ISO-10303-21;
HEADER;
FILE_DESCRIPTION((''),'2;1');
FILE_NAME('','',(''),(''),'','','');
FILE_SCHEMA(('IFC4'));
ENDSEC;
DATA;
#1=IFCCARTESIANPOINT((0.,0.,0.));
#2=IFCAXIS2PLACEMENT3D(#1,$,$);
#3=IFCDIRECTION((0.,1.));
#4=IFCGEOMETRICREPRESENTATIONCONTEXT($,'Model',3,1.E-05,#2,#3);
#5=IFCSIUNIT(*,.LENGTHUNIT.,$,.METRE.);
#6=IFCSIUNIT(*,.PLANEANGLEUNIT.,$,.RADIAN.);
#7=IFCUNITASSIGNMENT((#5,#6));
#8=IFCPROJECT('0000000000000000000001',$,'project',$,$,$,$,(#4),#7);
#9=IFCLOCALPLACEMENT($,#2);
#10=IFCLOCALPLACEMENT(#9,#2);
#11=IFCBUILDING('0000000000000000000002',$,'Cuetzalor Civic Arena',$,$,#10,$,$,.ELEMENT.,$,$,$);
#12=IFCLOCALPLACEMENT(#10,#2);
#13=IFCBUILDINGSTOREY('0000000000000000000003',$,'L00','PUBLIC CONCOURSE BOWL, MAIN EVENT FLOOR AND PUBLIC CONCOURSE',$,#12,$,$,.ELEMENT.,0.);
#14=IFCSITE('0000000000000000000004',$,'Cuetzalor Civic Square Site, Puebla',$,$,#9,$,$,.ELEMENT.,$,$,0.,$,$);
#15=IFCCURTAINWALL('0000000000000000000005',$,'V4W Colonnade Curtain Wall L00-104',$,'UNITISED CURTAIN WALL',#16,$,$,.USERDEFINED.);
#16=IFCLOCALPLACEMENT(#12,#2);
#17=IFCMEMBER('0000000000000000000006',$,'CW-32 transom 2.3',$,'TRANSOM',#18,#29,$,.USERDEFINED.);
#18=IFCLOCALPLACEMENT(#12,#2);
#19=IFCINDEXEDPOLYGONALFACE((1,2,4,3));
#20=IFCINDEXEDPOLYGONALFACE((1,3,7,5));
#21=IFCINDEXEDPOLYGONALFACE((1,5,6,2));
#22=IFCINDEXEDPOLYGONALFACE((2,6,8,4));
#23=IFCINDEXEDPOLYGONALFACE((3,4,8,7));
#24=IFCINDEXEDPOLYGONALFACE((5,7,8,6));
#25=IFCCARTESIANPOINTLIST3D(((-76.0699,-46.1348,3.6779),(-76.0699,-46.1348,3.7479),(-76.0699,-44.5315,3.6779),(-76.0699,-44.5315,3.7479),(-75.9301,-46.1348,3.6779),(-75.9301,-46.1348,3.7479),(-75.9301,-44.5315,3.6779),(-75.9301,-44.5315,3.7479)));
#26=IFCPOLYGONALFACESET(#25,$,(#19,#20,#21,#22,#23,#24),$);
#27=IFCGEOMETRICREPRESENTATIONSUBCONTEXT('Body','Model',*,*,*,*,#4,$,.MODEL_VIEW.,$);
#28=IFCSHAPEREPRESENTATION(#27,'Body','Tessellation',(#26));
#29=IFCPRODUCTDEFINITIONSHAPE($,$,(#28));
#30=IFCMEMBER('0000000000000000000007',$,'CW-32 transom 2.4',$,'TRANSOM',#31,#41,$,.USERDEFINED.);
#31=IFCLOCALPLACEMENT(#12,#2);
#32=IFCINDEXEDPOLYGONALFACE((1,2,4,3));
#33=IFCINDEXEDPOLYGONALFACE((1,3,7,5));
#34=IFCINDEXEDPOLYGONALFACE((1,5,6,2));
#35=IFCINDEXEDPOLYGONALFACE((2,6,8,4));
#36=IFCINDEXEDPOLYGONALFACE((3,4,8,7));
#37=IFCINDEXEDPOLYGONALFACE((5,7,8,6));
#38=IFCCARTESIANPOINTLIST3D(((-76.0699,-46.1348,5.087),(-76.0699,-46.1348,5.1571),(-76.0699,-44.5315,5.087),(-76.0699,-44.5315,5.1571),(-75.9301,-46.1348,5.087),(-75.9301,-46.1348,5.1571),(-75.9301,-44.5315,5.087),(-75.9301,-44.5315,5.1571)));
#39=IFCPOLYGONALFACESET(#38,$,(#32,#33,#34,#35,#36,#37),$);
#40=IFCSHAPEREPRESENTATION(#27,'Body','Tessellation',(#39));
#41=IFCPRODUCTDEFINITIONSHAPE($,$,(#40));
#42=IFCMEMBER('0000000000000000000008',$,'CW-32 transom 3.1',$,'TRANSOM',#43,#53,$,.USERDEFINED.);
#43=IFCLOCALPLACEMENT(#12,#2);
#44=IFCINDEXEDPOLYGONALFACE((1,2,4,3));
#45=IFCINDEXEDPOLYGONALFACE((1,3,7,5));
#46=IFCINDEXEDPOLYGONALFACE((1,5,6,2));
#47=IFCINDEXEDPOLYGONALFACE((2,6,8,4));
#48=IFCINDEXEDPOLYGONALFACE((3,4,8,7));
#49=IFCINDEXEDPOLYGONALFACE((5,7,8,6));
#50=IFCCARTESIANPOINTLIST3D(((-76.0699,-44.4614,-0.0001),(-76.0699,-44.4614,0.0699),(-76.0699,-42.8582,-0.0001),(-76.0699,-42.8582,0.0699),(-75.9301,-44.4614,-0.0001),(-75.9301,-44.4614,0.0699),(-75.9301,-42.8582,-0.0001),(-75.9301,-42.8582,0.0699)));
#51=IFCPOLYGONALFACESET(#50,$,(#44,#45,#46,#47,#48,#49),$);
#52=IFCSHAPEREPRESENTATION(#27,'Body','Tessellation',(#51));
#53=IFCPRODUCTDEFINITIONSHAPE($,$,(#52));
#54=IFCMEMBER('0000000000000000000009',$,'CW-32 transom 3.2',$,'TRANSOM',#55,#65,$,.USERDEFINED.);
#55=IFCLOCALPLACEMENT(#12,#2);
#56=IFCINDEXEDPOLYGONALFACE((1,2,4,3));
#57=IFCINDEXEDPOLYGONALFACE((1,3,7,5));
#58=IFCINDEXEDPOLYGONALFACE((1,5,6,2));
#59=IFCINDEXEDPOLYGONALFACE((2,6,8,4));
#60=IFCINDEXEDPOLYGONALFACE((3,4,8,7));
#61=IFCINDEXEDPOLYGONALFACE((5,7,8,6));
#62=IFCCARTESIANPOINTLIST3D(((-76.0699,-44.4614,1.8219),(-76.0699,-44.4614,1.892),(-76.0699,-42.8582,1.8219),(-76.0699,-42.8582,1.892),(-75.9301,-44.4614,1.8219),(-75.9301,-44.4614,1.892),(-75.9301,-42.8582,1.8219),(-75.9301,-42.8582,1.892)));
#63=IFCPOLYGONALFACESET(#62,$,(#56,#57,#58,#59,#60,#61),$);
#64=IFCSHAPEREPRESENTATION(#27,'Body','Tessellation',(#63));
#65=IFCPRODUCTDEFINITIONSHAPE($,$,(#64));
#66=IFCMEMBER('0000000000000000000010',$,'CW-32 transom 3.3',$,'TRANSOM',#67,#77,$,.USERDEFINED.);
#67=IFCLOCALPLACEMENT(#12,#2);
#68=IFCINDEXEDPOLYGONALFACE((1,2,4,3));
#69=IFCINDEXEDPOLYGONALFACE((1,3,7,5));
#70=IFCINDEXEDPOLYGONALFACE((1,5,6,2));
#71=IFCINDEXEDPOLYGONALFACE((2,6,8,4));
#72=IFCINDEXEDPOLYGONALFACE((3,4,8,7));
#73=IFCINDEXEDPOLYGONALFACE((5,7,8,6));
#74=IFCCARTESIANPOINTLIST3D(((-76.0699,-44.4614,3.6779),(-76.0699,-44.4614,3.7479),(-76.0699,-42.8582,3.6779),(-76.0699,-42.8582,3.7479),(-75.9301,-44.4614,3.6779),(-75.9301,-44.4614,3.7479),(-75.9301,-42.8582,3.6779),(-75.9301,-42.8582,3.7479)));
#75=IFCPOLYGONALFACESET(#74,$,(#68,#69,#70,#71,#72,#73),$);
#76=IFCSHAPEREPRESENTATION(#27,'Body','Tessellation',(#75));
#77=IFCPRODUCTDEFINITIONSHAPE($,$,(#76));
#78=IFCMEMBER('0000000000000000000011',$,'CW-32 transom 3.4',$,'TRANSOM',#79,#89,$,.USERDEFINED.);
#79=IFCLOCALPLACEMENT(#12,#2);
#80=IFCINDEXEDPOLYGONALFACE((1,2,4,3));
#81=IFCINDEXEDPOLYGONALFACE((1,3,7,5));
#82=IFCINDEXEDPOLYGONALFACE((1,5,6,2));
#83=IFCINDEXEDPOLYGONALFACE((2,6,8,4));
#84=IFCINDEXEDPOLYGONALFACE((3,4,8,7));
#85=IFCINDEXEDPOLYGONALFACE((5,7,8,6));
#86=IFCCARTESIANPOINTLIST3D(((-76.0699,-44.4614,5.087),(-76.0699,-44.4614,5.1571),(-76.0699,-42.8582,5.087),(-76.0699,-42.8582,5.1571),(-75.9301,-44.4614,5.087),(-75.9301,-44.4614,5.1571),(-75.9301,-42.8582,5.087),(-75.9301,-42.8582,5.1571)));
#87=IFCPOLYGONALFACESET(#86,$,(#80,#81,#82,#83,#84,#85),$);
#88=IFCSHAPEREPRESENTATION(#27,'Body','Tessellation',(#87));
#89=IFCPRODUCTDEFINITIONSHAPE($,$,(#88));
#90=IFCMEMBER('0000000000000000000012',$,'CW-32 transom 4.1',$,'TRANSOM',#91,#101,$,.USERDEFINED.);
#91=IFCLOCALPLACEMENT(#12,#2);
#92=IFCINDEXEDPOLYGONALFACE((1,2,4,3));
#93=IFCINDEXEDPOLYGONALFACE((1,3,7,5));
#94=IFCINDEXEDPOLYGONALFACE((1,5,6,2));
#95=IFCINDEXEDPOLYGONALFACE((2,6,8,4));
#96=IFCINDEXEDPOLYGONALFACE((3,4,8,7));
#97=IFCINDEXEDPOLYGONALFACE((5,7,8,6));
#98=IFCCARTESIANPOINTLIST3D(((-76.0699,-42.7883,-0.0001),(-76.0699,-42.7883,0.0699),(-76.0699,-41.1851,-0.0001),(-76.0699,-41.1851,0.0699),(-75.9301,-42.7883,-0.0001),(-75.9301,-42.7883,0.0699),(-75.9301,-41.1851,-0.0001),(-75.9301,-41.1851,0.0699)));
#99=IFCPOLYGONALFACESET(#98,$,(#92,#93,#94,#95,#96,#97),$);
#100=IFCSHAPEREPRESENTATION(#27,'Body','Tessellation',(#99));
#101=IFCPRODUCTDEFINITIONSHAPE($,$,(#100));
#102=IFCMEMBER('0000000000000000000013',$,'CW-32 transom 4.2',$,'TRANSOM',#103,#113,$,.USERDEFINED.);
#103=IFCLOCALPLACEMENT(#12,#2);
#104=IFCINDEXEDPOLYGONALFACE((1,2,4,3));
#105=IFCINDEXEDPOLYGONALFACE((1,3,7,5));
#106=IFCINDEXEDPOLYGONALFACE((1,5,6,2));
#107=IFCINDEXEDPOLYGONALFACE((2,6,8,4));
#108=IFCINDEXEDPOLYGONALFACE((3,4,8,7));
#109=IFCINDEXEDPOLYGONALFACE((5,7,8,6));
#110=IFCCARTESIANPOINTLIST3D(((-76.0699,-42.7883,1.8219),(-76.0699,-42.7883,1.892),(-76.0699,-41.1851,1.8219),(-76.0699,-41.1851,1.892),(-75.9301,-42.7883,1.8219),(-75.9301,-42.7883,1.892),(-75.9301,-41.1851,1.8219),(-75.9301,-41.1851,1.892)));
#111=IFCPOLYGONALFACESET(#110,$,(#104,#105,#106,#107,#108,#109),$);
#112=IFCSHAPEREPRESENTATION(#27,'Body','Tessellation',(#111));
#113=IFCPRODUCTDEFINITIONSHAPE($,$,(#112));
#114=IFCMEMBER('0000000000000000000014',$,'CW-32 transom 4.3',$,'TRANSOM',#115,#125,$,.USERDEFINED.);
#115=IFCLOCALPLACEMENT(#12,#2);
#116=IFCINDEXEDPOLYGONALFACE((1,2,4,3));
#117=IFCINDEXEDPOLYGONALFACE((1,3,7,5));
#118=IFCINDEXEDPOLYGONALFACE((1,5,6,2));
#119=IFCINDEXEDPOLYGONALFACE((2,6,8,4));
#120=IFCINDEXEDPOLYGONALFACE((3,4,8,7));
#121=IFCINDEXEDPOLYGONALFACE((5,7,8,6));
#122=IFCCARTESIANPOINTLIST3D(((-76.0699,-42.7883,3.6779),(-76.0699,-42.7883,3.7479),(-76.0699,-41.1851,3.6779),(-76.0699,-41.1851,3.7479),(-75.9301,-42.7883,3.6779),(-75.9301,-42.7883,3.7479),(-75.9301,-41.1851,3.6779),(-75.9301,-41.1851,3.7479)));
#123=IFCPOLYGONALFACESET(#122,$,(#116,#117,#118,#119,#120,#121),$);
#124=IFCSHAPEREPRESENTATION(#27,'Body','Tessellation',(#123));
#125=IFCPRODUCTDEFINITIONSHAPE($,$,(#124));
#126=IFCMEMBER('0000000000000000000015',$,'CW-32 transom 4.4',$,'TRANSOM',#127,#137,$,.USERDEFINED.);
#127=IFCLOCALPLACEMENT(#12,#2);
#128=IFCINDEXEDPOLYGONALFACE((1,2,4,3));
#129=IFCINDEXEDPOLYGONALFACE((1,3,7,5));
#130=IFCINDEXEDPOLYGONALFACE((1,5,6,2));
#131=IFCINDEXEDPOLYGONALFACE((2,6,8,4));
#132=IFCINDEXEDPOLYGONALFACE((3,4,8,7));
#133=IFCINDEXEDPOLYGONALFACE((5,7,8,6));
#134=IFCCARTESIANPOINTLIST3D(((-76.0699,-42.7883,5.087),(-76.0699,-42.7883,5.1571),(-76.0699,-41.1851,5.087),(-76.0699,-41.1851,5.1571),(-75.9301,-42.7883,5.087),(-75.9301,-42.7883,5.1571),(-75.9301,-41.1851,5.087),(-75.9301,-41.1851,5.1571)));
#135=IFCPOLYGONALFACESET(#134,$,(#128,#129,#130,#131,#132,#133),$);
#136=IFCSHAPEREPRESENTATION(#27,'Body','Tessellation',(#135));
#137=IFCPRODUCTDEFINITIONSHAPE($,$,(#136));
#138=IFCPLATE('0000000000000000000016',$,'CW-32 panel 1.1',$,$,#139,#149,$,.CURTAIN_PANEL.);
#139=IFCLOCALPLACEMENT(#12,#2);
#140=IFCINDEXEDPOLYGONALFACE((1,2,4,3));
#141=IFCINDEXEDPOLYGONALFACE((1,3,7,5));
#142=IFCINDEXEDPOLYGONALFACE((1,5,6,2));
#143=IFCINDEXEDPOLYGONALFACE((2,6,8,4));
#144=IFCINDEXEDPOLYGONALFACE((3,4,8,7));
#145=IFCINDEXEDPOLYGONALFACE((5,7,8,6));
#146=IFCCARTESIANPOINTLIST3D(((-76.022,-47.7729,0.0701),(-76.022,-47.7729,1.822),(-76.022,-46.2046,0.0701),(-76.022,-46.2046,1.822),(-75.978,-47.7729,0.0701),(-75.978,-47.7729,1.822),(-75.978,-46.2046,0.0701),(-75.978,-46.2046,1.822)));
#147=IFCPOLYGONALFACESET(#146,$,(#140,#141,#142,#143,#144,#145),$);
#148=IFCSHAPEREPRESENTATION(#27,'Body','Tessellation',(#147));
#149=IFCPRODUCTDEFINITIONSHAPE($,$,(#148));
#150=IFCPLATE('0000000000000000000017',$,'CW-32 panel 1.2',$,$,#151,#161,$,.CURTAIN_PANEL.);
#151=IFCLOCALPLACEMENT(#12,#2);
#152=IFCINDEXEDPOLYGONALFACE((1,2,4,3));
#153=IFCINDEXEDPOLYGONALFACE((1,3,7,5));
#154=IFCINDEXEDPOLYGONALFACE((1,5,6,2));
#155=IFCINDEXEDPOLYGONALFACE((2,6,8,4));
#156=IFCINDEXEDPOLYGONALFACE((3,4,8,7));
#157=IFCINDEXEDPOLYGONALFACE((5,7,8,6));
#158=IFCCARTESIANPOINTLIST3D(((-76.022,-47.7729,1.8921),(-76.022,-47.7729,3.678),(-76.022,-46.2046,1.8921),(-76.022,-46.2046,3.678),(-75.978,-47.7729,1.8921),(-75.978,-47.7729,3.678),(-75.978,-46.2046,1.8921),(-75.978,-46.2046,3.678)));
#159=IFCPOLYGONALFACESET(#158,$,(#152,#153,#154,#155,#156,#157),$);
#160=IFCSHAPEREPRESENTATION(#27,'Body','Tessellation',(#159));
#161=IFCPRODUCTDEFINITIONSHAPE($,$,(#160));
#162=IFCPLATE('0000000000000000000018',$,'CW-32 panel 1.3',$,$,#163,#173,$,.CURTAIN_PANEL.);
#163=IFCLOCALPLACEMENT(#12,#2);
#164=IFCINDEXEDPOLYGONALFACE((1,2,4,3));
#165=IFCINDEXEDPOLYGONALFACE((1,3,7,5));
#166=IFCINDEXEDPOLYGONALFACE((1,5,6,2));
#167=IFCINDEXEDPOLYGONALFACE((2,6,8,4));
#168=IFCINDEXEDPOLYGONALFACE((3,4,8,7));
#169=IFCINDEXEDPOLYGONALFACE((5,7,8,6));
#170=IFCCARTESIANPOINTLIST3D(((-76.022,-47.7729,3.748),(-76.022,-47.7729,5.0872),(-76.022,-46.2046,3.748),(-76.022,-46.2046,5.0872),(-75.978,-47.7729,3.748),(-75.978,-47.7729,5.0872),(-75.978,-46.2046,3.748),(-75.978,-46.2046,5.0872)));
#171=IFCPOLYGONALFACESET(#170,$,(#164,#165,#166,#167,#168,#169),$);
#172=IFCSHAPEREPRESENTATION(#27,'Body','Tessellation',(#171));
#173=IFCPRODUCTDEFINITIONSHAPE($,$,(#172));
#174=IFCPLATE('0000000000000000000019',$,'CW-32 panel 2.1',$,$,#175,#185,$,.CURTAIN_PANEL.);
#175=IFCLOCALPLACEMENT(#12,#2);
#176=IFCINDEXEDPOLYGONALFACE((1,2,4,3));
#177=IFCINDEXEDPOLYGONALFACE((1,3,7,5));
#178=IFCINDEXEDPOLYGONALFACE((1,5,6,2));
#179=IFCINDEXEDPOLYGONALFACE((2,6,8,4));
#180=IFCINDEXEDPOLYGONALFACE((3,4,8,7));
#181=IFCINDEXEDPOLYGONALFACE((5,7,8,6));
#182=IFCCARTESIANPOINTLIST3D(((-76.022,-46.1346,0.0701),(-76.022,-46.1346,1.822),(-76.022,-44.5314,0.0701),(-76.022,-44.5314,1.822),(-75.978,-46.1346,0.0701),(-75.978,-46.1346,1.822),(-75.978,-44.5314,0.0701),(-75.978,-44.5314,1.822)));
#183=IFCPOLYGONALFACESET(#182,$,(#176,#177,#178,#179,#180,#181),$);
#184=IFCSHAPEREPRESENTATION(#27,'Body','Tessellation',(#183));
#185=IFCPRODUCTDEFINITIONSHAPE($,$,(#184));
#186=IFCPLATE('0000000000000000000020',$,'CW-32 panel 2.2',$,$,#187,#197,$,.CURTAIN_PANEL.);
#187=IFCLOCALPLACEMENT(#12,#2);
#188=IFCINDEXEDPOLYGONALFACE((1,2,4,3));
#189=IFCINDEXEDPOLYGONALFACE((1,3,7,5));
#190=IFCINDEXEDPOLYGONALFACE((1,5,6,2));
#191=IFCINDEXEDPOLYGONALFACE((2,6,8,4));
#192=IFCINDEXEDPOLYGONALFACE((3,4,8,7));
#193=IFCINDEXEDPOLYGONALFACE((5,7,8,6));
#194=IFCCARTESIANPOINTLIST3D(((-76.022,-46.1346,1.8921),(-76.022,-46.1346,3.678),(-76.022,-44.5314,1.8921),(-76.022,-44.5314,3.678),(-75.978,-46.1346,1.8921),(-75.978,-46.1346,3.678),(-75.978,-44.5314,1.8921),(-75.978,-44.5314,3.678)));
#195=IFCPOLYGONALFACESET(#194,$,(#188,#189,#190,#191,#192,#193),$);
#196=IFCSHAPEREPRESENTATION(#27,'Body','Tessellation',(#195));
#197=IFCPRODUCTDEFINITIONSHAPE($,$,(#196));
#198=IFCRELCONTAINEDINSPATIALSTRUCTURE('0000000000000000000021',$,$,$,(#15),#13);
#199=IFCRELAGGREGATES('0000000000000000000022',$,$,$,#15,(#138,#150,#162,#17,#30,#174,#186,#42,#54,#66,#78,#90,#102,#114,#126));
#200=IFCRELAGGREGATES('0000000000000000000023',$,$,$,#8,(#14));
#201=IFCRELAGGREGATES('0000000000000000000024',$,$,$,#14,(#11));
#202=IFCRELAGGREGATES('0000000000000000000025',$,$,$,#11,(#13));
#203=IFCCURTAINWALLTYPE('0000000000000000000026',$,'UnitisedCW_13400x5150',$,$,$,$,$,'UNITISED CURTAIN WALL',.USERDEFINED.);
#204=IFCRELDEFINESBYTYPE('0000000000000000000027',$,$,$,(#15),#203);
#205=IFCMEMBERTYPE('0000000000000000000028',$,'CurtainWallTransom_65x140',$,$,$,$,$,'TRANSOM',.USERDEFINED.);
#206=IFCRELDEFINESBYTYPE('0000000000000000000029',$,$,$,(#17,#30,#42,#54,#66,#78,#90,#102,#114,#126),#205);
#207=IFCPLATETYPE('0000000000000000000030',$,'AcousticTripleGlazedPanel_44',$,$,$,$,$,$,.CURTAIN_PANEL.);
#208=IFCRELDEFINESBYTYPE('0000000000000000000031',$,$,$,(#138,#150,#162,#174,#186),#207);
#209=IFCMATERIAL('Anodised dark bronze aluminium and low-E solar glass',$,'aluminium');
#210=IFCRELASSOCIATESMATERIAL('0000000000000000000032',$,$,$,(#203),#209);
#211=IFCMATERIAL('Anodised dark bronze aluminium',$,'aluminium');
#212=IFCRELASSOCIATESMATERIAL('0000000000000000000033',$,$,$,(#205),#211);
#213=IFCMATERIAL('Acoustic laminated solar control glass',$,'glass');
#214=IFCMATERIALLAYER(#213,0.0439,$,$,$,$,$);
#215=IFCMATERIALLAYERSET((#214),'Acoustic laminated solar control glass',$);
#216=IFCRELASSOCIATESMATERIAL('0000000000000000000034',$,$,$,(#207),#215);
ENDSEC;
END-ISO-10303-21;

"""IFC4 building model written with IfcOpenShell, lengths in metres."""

from ifc_helpers import new_model, si_unit, direction, frame, origin, origin_2d, place, context, subcontext, project, spatial, rectangle, extrude, material, layer, layer_set, material_profile, profile_set, type_object, element, aggregate, save


model = new_model("IFC4")

# Units and contexts
model_context = context("Model", 3, precision=1e-05, world=origin(), true_north=direction((0.0, 1.0)))
body_context = subcontext(model_context, "Body", "Model", "MODEL_VIEW")
ifc_project = project(units=[si_unit("LENGTHUNIT", "METRE"), si_unit("PLANEANGLEUNIT", "RADIAN")], contexts=[model_context])

# Site, building, storey
site_placement = place(None, origin())
site = spatial("IfcSite", under=ifc_project, at=site_placement, Name="Cuetzalor Civic Square Site, Puebla", CompositionType="ELEMENT", RefElevation=0.0)
building_placement = place(site_placement, origin())
building = spatial("IfcBuilding", under=site, at=building_placement, Name="Cuetzalor Civic Arena", CompositionType="ELEMENT")
storey_placement = place(building_placement, origin())
storey = spatial("IfcBuildingStorey", under=building, at=storey_placement, Name="L00", Description="PUBLIC CONCOURSE BOWL, MAIN EVENT FLOOR AND PUBLIC CONCOURSE", CompositionType="ELEMENT", Elevation=0.0)

# Curtain wall, members, plates
ifc_material_1 = material(Name="Anodised dark bronze aluminium and low-E solar glass", Category="aluminium")
curtain_wall_type = type_object("IfcCurtainWallType", Name="UnitisedCW_13400x5150", ElementType="UNITISED CURTAIN WALL", PredefinedType="USERDEFINED", material=ifc_material_1)
curtain_wall_placement = place(storey_placement, origin())
curtain_wall = element("IfcCurtainWall", 1, at=curtain_wall_placement, inside=storey, type_object=curtain_wall_type, Name="V4W Colonnade Curtain Wall L00-104", ObjectType="UNITISED CURTAIN WALL", PredefinedType="USERDEFINED")
ifc_material_2 = material(Name="Anodised dark bronze aluminium", Category="aluminium")
ifc_material_profile_1 = material_profile(ifc_material_2, rectangle(XDim=0.1399, YDim=0.0701, at=origin_2d()), Name="ALU TRANSOM 70x140")
ifc_profile_set_1 = profile_set([ifc_material_profile_1], Name="Anodised dark bronze aluminium")
member_type_1 = type_object("IfcMemberType", Name="CurtainWallTransom_65x140", ElementType="TRANSOM", PredefinedType="USERDEFINED", material=ifc_profile_set_1)
member_1_placement = place(storey_placement, frame((-76.0, -46.1348, 3.7129), z_axis=(0.0, 1.0, 0.0), x_axis=(-1.0, 0.0, 0.0)))
member_1 = element("IfcMember", 2, at=member_1_placement, type_object=member_type_1, Name="CW-32 transom 2.3", ObjectType="TRANSOM", PredefinedType="USERDEFINED", context=body_context, shape_type="SweptSolid", body=[
    extrude(rectangle(XDim=0.1399, YDim=0.0701, at=origin_2d()), origin(), (0.0, 0.0, 1.0), 1.6033),
])
member_2_placement = place(storey_placement, frame((-76.0, -46.1348, 5.1221), z_axis=(0.0, 1.0, 0.0), x_axis=(-1.0, 0.0, 0.0)))
member_2 = element("IfcMember", 3, at=member_2_placement, type_object=member_type_1, Name="CW-32 transom 2.4", ObjectType="TRANSOM", PredefinedType="USERDEFINED", context=body_context, shape_type="SweptSolid", body=[
    extrude(rectangle(XDim=0.1399, YDim=0.0701, at=origin_2d()), origin(), (0.0, 0.0, 1.0), 1.6033),
])
member_3_placement = place(storey_placement, frame((-76.0, -44.4614, 0.0349), z_axis=(0.0, 1.0, 0.0), x_axis=(-1.0, 0.0, 0.0)))
member_3 = element("IfcMember", 4, at=member_3_placement, type_object=member_type_1, Name="CW-32 transom 3.1", ObjectType="TRANSOM", PredefinedType="USERDEFINED", context=body_context, shape_type="SweptSolid", body=[
    extrude(rectangle(XDim=0.1399, YDim=0.0701, at=origin_2d()), origin(), (0.0, 0.0, 1.0), 1.6033),
])
member_4_placement = place(storey_placement, frame((-76.0, -44.4614, 1.8569), z_axis=(0.0, 1.0, 0.0), x_axis=(-1.0, 0.0, 0.0)))
member_4 = element("IfcMember", 5, at=member_4_placement, type_object=member_type_1, Name="CW-32 transom 3.2", ObjectType="TRANSOM", PredefinedType="USERDEFINED", context=body_context, shape_type="SweptSolid", body=[
    extrude(rectangle(XDim=0.1399, YDim=0.0701, at=origin_2d()), origin(), (0.0, 0.0, 1.0), 1.6033),
])
member_5_placement = place(storey_placement, frame((-76.0, -44.4614, 3.7129), z_axis=(0.0, 1.0, 0.0), x_axis=(-1.0, 0.0, 0.0)))
member_5 = element("IfcMember", 6, at=member_5_placement, type_object=member_type_1, Name="CW-32 transom 3.3", ObjectType="TRANSOM", PredefinedType="USERDEFINED", context=body_context, shape_type="SweptSolid", body=[
    extrude(rectangle(XDim=0.1399, YDim=0.0701, at=origin_2d()), origin(), (0.0, 0.0, 1.0), 1.6033),
])
member_6_placement = place(storey_placement, frame((-76.0, -44.4614, 5.1221), z_axis=(0.0, 1.0, 0.0), x_axis=(-1.0, 0.0, 0.0)))
member_6 = element("IfcMember", 7, at=member_6_placement, type_object=member_type_1, Name="CW-32 transom 3.4", ObjectType="TRANSOM", PredefinedType="USERDEFINED", context=body_context, shape_type="SweptSolid", body=[
    extrude(rectangle(XDim=0.1399, YDim=0.0701, at=origin_2d()), origin(), (0.0, 0.0, 1.0), 1.6033),
])
member_7_placement = place(storey_placement, frame((-76.0, -42.7883, 0.0349), z_axis=(0.0, 1.0, 0.0), x_axis=(-1.0, 0.0, 0.0)))
member_7 = element("IfcMember", 8, at=member_7_placement, type_object=member_type_1, Name="CW-32 transom 4.1", ObjectType="TRANSOM", PredefinedType="USERDEFINED", context=body_context, shape_type="SweptSolid", body=[
    extrude(rectangle(XDim=0.1399, YDim=0.0701, at=origin_2d()), origin(), (0.0, 0.0, 1.0), 1.6033),
])
member_8_placement = place(storey_placement, frame((-76.0, -42.7883, 1.8569), z_axis=(0.0, 1.0, 0.0), x_axis=(-1.0, 0.0, 0.0)))
member_8 = element("IfcMember", 9, at=member_8_placement, type_object=member_type_1, Name="CW-32 transom 4.2", ObjectType="TRANSOM", PredefinedType="USERDEFINED", context=body_context, shape_type="SweptSolid", body=[
    extrude(rectangle(XDim=0.1399, YDim=0.0701, at=origin_2d()), origin(), (0.0, 0.0, 1.0), 1.6033),
])
member_9_placement = place(storey_placement, frame((-76.0, -42.7883, 3.7129), z_axis=(0.0, 1.0, 0.0), x_axis=(-1.0, 0.0, 0.0)))
member_9 = element("IfcMember", 10, at=member_9_placement, type_object=member_type_1, Name="CW-32 transom 4.3", ObjectType="TRANSOM", PredefinedType="USERDEFINED", context=body_context, shape_type="SweptSolid", body=[
    extrude(rectangle(XDim=0.1399, YDim=0.0701, at=origin_2d()), origin(), (0.0, 0.0, 1.0), 1.6033),
])
member_10_placement = place(storey_placement, frame((-76.0, -42.7883, 5.1221), z_axis=(0.0, 1.0, 0.0), x_axis=(-1.0, 0.0, 0.0)))
member_10 = element("IfcMember", 11, at=member_10_placement, type_object=member_type_1, Name="CW-32 transom 4.4", ObjectType="TRANSOM", PredefinedType="USERDEFINED", context=body_context, shape_type="SweptSolid", body=[
    extrude(rectangle(XDim=0.1399, YDim=0.0701, at=origin_2d()), origin(), (0.0, 0.0, 1.0), 1.6033),
])
ifc_material_3 = material(Name="Acoustic laminated solar control glass", Category="glass")
ifc_layer = layer(ifc_material_3, 0.0439)
ifc_layer_set = layer_set([ifc_layer], Name="Acoustic laminated solar control glass")
plate_type = type_object("IfcPlateType", Name="AcousticTripleGlazedPanel_44", PredefinedType="CURTAIN_PANEL", material=ifc_layer_set)
plate_1_placement = place(storey_placement, frame((-76.0, -46.9888, 0.0701), z_axis=(0.0, 0.0, 1.0), x_axis=(0.0, 1.0, 0.0)))
plate_1 = element("IfcPlate", 12, at=plate_1_placement, type_object=plate_type, Name="CW-32 panel 1.1", PredefinedType="CURTAIN_PANEL", context=body_context, shape_type="SweptSolid", body=[
    extrude(rectangle(XDim=1.5684, YDim=0.0439, at=origin_2d()), origin(), (0.0, 0.0, 1.0), 1.752),
])
plate_2_placement = place(storey_placement, frame((-76.0, -46.9888, 1.8921), z_axis=(0.0, 0.0, 1.0), x_axis=(0.0, 1.0, 0.0)))
plate_2 = element("IfcPlate", 13, at=plate_2_placement, type_object=plate_type, Name="CW-32 panel 1.2", PredefinedType="CURTAIN_PANEL", context=body_context, shape_type="SweptSolid", body=[
    extrude(rectangle(XDim=1.5684, YDim=0.0439, at=origin_2d()), origin(), (0.0, 0.0, 1.0), 1.7859),
])
plate_3_placement = place(storey_placement, frame((-76.0, -46.9888, 3.748), z_axis=(0.0, 0.0, 1.0), x_axis=(0.0, 1.0, 0.0)))
plate_3 = element("IfcPlate", 14, at=plate_3_placement, type_object=plate_type, Name="CW-32 panel 1.3", PredefinedType="CURTAIN_PANEL", context=body_context, shape_type="SweptSolid", body=[
    extrude(rectangle(XDim=1.5684, YDim=0.0439, at=origin_2d()), origin(), (0.0, 0.0, 1.0), 1.3391),
])
plate_4_placement = place(storey_placement, frame((-76.0, -45.333, 0.0701), z_axis=(0.0, 0.0, 1.0), x_axis=(0.0, 1.0, 0.0)))
plate_4 = element("IfcPlate", 15, at=plate_4_placement, type_object=plate_type, Name="CW-32 panel 2.1", PredefinedType="CURTAIN_PANEL", context=body_context, shape_type="SweptSolid", body=[
    extrude(rectangle(XDim=1.6033, YDim=0.0439, at=origin_2d()), origin(), (0.0, 0.0, 1.0), 1.752),
])
plate_5_placement = place(storey_placement, frame((-76.0, -45.333, 1.8921), z_axis=(0.0, 0.0, 1.0), x_axis=(0.0, 1.0, 0.0)))
plate_5 = element("IfcPlate", 16, at=plate_5_placement, type_object=plate_type, Name="CW-32 panel 2.2", PredefinedType="CURTAIN_PANEL", context=body_context, shape_type="SweptSolid", body=[
    extrude(rectangle(XDim=1.6033, YDim=0.0439, at=origin_2d()), origin(), (0.0, 0.0, 1.0), 1.7859),
])
aggregate(curtain_wall, [plate_1, plate_2, plate_3, member_1, member_2, plate_4, plate_5, member_3, member_4, member_5, member_6, member_7, member_8, member_9, member_10])

save(model, "model.ifc")
